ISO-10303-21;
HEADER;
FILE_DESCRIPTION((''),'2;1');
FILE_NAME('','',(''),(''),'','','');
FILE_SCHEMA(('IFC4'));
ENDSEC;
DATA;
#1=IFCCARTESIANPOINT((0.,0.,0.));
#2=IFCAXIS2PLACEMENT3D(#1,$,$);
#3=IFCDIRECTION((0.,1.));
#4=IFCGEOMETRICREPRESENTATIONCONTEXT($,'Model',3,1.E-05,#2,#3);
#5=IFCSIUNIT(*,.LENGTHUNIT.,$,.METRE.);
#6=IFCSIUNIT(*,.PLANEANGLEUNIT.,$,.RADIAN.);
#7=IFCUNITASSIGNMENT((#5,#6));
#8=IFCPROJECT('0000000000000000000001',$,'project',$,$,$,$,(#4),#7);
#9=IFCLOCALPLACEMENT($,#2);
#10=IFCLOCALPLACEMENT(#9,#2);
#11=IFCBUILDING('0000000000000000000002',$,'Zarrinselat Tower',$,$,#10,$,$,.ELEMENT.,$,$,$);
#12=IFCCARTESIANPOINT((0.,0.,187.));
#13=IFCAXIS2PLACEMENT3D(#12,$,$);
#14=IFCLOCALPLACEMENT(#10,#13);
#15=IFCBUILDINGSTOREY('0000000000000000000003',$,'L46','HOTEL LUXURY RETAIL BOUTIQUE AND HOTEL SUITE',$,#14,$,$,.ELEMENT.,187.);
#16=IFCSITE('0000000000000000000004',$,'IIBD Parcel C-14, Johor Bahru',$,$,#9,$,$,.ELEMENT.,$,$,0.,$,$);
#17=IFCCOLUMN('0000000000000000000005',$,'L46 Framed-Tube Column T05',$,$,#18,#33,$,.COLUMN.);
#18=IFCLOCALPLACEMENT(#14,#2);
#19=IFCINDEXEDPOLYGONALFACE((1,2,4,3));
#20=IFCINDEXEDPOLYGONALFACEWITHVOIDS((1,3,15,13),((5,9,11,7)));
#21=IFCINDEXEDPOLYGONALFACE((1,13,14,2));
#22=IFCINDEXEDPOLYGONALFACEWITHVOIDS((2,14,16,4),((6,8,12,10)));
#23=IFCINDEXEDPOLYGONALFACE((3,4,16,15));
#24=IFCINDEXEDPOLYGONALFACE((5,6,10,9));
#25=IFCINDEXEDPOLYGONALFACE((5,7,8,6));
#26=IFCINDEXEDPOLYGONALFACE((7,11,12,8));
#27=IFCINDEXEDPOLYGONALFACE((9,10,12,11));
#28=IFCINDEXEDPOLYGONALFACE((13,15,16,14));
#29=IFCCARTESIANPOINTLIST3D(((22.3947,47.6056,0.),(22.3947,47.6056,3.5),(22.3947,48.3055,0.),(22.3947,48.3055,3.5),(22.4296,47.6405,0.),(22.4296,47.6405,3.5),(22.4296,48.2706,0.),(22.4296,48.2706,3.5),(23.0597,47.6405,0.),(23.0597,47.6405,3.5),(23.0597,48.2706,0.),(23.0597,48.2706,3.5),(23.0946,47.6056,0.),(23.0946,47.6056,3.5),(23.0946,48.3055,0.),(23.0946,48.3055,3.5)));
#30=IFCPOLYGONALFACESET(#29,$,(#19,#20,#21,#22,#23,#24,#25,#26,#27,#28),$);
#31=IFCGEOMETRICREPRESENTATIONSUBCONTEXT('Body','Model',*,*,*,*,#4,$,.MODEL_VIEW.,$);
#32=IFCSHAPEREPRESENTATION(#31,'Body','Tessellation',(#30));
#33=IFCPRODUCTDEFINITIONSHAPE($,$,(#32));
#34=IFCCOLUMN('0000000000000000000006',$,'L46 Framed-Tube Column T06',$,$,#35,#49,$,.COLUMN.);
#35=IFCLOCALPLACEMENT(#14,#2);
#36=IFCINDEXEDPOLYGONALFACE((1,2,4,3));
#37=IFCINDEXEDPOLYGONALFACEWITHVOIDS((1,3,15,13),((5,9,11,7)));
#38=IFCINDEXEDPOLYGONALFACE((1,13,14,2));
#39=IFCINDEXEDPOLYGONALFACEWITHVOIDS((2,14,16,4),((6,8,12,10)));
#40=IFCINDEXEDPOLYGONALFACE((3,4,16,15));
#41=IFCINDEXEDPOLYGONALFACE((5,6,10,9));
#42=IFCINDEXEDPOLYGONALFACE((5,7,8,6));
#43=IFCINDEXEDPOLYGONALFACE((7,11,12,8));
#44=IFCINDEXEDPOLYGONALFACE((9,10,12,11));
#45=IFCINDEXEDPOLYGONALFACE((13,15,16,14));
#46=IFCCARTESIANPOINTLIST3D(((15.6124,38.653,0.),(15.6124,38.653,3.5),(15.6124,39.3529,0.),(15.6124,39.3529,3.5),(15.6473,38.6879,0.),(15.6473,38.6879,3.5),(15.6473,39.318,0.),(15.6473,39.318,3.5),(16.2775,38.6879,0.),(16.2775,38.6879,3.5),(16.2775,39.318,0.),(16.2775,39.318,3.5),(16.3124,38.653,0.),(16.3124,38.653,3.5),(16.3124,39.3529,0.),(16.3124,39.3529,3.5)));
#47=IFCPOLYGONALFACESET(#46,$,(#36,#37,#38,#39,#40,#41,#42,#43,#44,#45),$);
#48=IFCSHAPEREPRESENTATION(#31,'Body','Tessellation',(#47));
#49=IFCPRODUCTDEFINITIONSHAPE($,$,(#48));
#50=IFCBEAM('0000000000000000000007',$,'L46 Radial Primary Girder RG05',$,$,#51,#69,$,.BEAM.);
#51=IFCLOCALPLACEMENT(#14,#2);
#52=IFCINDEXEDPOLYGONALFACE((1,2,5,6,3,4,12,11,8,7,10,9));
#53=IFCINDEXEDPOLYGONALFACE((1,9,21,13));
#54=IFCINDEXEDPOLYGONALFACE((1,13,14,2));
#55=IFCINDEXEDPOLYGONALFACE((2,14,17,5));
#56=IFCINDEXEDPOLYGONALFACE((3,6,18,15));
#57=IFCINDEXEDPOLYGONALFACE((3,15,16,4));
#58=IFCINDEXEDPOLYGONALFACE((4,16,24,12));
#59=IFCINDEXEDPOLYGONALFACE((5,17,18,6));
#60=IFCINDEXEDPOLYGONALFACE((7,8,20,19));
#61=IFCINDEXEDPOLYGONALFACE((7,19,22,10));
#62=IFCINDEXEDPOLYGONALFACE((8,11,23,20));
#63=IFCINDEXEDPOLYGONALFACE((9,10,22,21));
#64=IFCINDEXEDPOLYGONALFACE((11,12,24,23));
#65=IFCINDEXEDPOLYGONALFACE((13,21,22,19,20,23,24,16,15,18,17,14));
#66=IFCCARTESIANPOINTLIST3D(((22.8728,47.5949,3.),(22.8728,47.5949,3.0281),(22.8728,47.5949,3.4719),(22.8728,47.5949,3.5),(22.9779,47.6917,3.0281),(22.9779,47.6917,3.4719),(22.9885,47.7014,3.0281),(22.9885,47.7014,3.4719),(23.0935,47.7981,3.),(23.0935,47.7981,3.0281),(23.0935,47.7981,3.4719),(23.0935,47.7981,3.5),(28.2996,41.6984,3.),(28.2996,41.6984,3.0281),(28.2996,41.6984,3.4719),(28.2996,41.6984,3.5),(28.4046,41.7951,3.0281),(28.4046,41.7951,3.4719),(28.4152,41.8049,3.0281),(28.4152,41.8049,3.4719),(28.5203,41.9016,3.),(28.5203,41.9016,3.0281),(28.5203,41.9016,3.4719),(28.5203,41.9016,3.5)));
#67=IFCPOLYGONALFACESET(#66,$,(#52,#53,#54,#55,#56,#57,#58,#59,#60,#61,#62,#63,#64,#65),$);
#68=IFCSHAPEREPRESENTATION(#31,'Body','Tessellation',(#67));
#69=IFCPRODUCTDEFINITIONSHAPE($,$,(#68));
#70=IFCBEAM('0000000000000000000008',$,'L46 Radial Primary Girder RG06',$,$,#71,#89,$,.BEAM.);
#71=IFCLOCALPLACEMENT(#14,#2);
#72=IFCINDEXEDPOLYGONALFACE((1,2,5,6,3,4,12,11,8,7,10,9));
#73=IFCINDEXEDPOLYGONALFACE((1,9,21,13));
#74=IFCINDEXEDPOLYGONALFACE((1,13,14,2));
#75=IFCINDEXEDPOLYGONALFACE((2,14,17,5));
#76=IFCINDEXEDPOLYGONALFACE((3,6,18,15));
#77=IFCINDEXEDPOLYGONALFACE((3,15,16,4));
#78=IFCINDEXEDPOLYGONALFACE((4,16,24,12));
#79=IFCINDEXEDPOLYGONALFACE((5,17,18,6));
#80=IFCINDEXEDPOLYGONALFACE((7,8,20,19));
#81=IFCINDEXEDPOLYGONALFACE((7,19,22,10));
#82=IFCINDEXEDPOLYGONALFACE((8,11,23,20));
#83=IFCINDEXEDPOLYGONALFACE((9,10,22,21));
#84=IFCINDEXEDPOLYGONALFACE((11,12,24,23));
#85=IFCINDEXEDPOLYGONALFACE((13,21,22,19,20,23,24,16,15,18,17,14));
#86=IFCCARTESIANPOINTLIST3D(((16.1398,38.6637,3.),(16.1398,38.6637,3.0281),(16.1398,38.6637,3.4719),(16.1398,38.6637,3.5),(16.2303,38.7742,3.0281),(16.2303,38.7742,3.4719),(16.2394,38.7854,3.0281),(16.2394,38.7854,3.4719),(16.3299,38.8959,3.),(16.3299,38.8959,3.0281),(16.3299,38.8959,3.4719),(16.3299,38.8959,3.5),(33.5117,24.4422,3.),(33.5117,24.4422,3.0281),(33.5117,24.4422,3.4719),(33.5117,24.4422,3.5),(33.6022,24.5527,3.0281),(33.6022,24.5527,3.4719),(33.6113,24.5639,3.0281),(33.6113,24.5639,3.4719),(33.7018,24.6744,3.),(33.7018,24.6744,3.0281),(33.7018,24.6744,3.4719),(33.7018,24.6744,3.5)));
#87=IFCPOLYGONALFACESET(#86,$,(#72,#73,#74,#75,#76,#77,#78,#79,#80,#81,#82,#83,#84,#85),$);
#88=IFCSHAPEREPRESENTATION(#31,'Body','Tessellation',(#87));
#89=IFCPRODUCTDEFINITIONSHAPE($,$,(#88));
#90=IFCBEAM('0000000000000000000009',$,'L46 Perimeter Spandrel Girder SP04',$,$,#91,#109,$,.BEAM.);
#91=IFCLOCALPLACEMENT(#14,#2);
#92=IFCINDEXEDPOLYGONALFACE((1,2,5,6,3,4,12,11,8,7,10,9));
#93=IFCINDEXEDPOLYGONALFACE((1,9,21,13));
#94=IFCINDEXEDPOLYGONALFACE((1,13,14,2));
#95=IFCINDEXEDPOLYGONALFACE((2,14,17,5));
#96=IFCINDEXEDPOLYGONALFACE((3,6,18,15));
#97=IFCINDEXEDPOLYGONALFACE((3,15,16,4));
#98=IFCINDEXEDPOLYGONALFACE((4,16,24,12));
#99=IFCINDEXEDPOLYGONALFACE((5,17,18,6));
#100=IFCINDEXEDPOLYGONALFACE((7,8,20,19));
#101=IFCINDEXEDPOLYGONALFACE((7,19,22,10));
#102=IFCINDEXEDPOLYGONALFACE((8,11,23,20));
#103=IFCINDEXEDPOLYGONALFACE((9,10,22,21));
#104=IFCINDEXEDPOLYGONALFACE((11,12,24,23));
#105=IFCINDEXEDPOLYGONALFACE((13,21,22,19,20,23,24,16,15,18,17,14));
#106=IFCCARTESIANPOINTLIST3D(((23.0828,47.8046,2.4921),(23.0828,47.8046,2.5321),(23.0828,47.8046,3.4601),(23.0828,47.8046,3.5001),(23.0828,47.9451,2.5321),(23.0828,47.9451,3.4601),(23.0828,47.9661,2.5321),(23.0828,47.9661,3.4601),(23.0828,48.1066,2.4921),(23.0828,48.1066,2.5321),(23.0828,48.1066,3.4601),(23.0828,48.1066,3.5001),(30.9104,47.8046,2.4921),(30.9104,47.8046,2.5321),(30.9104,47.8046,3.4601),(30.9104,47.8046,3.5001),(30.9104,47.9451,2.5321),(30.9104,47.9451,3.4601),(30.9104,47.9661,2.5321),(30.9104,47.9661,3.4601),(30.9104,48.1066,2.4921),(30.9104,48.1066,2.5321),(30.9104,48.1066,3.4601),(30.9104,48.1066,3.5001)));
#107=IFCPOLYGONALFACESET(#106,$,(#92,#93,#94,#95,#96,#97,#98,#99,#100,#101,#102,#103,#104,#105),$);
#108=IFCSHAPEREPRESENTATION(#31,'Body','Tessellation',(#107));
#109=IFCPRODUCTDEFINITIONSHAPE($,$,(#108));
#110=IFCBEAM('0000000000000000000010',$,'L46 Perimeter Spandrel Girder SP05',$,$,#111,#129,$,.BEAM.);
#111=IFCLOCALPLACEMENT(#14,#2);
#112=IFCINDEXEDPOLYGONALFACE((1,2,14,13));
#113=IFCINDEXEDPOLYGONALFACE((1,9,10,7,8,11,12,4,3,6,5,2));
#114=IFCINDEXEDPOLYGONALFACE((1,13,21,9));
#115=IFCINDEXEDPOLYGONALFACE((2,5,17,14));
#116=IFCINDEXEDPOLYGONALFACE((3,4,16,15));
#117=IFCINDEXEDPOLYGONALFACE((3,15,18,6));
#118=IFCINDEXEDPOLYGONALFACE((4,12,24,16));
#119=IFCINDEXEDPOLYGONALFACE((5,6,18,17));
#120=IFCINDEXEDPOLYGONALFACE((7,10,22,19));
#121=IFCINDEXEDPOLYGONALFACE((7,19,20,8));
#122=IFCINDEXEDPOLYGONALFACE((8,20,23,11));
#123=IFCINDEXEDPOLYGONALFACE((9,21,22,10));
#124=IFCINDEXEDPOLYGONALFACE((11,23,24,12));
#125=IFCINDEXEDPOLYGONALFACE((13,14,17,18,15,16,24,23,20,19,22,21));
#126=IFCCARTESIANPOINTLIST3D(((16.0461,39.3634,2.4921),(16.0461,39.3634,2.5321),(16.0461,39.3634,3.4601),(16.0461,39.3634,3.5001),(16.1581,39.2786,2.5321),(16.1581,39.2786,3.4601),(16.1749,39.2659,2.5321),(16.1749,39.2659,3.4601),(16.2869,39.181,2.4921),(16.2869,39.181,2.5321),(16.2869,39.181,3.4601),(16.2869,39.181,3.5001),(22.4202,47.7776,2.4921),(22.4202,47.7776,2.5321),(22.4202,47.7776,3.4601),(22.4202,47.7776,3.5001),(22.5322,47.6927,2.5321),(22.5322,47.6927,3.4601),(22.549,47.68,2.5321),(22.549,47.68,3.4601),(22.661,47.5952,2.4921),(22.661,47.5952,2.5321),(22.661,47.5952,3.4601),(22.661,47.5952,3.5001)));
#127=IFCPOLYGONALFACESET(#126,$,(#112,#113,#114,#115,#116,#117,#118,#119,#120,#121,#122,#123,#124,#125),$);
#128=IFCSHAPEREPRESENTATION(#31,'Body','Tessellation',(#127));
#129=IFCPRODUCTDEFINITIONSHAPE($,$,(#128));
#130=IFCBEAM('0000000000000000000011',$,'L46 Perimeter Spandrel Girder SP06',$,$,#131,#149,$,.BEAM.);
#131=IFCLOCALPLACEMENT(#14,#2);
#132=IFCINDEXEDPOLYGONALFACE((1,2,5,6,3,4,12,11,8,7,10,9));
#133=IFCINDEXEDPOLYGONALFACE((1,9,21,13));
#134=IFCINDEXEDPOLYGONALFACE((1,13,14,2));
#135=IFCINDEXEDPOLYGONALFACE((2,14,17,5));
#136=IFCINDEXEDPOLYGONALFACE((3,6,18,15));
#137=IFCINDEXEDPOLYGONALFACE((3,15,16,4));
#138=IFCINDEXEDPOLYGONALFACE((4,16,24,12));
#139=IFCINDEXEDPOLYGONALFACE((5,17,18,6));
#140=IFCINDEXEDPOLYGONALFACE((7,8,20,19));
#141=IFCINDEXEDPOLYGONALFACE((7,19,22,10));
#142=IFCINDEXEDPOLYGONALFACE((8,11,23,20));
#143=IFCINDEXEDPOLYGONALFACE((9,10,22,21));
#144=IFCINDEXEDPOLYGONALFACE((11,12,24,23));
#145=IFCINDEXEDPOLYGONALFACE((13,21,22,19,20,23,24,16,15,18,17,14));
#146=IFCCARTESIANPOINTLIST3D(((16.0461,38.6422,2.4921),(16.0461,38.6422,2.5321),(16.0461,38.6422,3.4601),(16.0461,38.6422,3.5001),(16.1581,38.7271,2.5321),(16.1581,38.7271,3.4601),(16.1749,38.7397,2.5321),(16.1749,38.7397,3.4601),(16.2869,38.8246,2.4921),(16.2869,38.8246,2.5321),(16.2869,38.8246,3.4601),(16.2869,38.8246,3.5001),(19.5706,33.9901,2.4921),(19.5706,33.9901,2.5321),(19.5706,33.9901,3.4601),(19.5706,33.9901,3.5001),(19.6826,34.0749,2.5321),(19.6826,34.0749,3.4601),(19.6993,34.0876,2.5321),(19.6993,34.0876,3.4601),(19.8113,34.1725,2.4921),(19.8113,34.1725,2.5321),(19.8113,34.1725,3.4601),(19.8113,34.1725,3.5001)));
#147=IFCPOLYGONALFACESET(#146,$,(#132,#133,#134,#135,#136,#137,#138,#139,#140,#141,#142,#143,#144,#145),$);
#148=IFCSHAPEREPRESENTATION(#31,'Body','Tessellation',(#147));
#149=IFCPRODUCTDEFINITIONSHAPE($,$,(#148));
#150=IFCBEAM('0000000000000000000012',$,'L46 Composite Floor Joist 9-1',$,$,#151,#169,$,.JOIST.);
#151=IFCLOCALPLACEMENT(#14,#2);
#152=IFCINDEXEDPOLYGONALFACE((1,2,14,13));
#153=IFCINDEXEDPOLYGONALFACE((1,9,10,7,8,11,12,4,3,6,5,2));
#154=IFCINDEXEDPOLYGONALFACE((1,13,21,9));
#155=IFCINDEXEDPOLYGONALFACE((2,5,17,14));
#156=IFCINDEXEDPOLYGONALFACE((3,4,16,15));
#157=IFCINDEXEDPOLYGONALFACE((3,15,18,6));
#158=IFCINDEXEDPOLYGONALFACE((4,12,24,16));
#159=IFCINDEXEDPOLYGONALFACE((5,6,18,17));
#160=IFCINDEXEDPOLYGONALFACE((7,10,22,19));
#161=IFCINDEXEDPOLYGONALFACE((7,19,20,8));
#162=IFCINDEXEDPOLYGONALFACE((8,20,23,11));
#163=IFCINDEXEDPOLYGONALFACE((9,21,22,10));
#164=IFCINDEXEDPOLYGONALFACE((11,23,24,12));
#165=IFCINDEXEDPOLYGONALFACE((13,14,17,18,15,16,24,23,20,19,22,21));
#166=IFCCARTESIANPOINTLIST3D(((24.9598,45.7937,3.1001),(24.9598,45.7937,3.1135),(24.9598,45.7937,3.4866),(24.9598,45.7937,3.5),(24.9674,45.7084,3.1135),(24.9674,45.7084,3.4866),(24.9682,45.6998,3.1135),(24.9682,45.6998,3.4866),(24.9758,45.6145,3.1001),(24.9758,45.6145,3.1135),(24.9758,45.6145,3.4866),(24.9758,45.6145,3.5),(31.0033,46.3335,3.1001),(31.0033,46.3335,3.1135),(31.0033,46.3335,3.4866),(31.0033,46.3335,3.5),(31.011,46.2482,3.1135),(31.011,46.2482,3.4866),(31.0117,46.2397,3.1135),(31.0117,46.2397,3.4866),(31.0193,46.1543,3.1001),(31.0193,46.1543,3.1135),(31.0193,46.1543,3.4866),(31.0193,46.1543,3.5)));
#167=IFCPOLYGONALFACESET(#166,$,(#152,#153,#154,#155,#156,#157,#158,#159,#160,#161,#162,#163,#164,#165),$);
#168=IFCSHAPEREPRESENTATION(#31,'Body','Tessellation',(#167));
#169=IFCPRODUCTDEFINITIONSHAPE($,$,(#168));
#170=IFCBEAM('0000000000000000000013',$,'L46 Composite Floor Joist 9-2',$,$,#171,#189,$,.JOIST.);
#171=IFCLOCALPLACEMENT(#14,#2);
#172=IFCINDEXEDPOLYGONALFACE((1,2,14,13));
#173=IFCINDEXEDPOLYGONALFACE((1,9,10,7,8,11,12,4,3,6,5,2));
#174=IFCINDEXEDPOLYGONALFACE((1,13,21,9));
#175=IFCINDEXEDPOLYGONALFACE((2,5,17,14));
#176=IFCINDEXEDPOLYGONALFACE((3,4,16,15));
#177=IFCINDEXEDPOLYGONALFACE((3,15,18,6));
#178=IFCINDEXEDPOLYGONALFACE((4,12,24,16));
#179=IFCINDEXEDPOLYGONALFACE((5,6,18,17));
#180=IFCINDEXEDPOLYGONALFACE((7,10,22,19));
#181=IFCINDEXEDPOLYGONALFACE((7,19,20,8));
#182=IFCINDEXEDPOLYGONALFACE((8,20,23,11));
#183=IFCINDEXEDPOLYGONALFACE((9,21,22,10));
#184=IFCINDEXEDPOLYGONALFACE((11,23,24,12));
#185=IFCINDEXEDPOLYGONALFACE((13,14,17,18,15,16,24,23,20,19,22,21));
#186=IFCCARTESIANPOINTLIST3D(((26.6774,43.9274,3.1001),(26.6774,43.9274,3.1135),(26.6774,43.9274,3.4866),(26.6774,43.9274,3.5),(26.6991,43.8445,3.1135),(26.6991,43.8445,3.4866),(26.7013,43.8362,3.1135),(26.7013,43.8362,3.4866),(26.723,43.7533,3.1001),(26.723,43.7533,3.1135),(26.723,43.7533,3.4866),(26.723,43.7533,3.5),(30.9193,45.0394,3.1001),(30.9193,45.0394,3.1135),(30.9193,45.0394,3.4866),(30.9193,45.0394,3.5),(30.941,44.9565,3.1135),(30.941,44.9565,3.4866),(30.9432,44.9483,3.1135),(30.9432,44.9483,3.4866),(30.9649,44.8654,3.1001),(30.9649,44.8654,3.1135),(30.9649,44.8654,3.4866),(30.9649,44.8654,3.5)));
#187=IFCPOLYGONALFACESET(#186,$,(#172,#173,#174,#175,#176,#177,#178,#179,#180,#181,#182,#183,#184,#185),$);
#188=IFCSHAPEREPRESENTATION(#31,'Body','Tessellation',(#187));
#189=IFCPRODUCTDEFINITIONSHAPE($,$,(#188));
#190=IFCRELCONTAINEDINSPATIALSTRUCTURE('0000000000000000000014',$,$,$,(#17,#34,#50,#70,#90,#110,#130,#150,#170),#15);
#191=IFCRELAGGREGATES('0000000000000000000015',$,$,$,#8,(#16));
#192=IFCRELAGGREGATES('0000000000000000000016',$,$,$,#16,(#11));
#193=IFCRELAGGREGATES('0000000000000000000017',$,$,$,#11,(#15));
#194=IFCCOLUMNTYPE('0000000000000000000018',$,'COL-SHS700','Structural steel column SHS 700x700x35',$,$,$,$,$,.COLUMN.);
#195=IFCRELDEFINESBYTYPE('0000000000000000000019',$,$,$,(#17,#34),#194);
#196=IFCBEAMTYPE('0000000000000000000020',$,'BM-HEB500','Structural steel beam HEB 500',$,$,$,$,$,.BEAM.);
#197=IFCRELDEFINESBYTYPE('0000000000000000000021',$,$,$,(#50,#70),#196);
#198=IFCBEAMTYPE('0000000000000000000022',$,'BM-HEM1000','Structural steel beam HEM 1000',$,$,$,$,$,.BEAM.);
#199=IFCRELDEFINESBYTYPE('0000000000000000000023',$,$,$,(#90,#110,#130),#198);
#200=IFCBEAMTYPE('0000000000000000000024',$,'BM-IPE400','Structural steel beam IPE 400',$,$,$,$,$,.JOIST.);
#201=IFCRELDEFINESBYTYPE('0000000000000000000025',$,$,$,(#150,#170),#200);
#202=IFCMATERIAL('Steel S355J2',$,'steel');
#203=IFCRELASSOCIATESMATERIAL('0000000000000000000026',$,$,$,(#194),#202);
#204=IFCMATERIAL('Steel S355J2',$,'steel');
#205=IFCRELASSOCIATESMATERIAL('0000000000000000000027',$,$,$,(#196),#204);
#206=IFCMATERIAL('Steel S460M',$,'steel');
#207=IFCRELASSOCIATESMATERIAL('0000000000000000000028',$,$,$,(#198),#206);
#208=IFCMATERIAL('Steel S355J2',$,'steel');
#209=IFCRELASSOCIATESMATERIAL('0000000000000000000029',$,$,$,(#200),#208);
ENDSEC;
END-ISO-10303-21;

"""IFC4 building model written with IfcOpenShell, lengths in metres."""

from ifc_helpers import new_model, si_unit, direction, frame, origin, origin_2d, place, context, subcontext, project, spatial, hollow_rectangle, i_section, extrude, material, material_profile, profile_set, type_object, element, save


model = new_model("IFC4")

# Units and contexts
model_context = context("Model", 3, precision=1e-05, world=origin(), true_north=direction((0.0, 1.0)))
body_context = subcontext(model_context, "Body", "Model", "MODEL_VIEW")
ifc_project = project(units=[si_unit("LENGTHUNIT", "METRE"), si_unit("PLANEANGLEUNIT", "RADIAN")], contexts=[model_context])

# Site, building, storey
site_placement = place(None, origin())
site = spatial("IfcSite", under=ifc_project, at=site_placement, Name="IIBD Parcel C-14, Johor Bahru", CompositionType="ELEMENT", RefElevation=0.0)
building_placement = place(site_placement, origin())
building = spatial("IfcBuilding", under=site, at=building_placement, Name="Zarrinselat Tower", CompositionType="ELEMENT")
storey_placement = place(building_placement, frame((0.0, 0.0, 187.0)))
storey = spatial("IfcBuildingStorey", under=building, at=storey_placement, Name="L46", Description="HOTEL LUXURY RETAIL BOUTIQUE AND HOTEL SUITE", CompositionType="ELEMENT", Elevation=187.0)

# Columns
ifc_material_1 = material(Name="Steel S355J2", Category="steel")
ifc_material_profile_1 = material_profile(ifc_material_1, hollow_rectangle(XDim=0.7, YDim=0.7, WallThickness=0.0349, at=origin_2d()), Name="SHS 700x700x35")
ifc_profile_set_1 = profile_set([ifc_material_profile_1], Name="Steel S355J2")
column_type = type_object("IfcColumnType", Name="COL-SHS700", Description="Structural steel column SHS 700x700x35", PredefinedType="COLUMN", material=ifc_profile_set_1)
for number, where, z_axis, x_axis, name in (
    (1, (22.7446, 47.9556, 0.0), (0.0, 0.0, 1.0), (1.0, 0.0, 0.0), "L46 Framed-Tube Column T05"),
    (2, (15.9624, 39.0029, 0.0), (0.0, 0.0, 1.0), (1.0, 0.0, 0.0), "L46 Framed-Tube Column T06"),
):
    element("IfcColumn", number, at=place(storey_placement, frame(where, z_axis=z_axis, x_axis=x_axis)), inside=storey, type_object=column_type, Name=name, PredefinedType="COLUMN", context=body_context, shape_type="SweptSolid", body=[
        extrude(hollow_rectangle(XDim=0.7, YDim=0.7, WallThickness=0.0349, at=origin_2d()), origin(), (0.0, 0.0, 1.0), 3.5),
    ])

# Beams
ifc_material_2 = material(Name="Steel S355J2", Category="steel")
ifc_material_profile_2 = material_profile(ifc_material_2, i_section(OverallWidth=0.3, OverallDepth=0.5, WebThickness=0.0144, FlangeThickness=0.0281, at=origin_2d()), Name="HEB 500")
ifc_profile_set_2 = profile_set([ifc_material_profile_2], Name="Steel S355J2")
beam_type_1 = type_object("IfcBeamType", Name="BM-HEB500", Description="Structural steel beam HEB 500", PredefinedType="BEAM", material=ifc_profile_set_2)
beam_1_placement = place(storey_placement, frame((22.9832, 47.6965, 3.25), z_axis=(0.677191, -0.735807, 0.0), x_axis=(0.735807, 0.677191, 0.0)))
element("IfcBeam", 3, at=beam_1_placement, inside=storey, type_object=beam_type_1, Name="L46 Radial Primary Girder RG05", PredefinedType="BEAM", context=body_context, shape_type="SweptSolid", body=[
    extrude(i_section(OverallWidth=0.3, OverallDepth=0.5, WebThickness=0.0144, FlangeThickness=0.0281, at=origin_2d()), origin(), (0.0, 0.0, 1.0), 8.0137),
])
beam_2_placement = place(storey_placement, frame((16.2349, 38.7798, 3.25), z_axis=(0.77378, -0.633455, 0.0), x_axis=(0.633455, 0.77378, 0.0)))
element("IfcBeam", 4, at=beam_2_placement, inside=storey, type_object=beam_type_1, Name="L46 Radial Primary Girder RG06", PredefinedType="BEAM", context=body_context, shape_type="SweptSolid", body=[
    extrude(i_section(OverallWidth=0.3, OverallDepth=0.5, WebThickness=0.0144, FlangeThickness=0.0281, at=origin_2d()), origin(), (0.0, 0.0, 1.0), 22.4507),
])
ifc_material_3 = material(Name="Steel S460M", Category="steel")
ifc_material_profile_3 = material_profile(ifc_material_3, i_section(OverallWidth=0.302, OverallDepth=1.0081, WebThickness=0.021, FlangeThickness=0.04, at=origin_2d()), Name="HEM 1000")
ifc_profile_set_3 = profile_set([ifc_material_profile_3], Name="Steel S460M")
beam_type_2 = type_object("IfcBeamType", Name="BM-HEM1000", Description="Structural steel beam HEM 1000", PredefinedType="BEAM", material=ifc_profile_set_3)
beam_3_placement = place(storey_placement, frame((23.0828, 47.9556, 2.9961), z_axis=(1.0, 0.0, 0.0), x_axis=(0.0, 1.0, 0.0)))
element("IfcBeam", 5, at=beam_3_placement, inside=storey, type_object=beam_type_2, Name="L46 Perimeter Spandrel Girder SP04", PredefinedType="BEAM", context=body_context, shape_type="SweptSolid", body=[
    extrude(i_section(OverallWidth=0.302, OverallDepth=1.0081, WebThickness=0.021, FlangeThickness=0.04, at=origin_2d()), origin(), (0.0, 0.0, 1.0), 7.8276),
])
beam_4_placement = place(storey_placement, frame((16.1665, 39.2722, 2.9961), z_axis=(0.603842, 0.797104, 0.0), x_axis=(-0.797104, 0.603842, 0.0)))
element("IfcBeam", 6, at=beam_4_placement, inside=storey, type_object=beam_type_2, Name="L46 Perimeter Spandrel Girder SP05", PredefinedType="BEAM", context=body_context, shape_type="SweptSolid", body=[
    extrude(i_section(OverallWidth=0.302, OverallDepth=1.0081, WebThickness=0.021, FlangeThickness=0.04, at=origin_2d()), origin(), (0.0, 0.0, 1.0), 10.5559),
])
beam_5_placement = place(storey_placement, frame((16.1665, 38.7334, 2.9961), z_axis=(0.603868, -0.797084, 0.0), x_axis=(0.797084, 0.603868, 0.0)))
element("IfcBeam", 7, at=beam_5_placement, inside=storey, type_object=beam_type_2, Name="L46 Perimeter Spandrel Girder SP06", PredefinedType="BEAM", context=body_context, shape_type="SweptSolid", body=[
    extrude(i_section(OverallWidth=0.302, OverallDepth=1.0081, WebThickness=0.021, FlangeThickness=0.04, at=origin_2d()), origin(), (0.0, 0.0, 1.0), 5.8364),
])
ifc_material_4 = material(Name="Steel S355J2", Category="steel")
ifc_material_profile_4 = material_profile(ifc_material_4, i_section(OverallWidth=0.1799, OverallDepth=0.3999, WebThickness=0.0085, FlangeThickness=0.0134, at=origin_2d()), Name="IPE 400")
ifc_profile_set_4 = profile_set([ifc_material_profile_4], Name="Steel S355J2")
beam_type_3 = type_object("IfcBeamType", Name="BM-IPE400", Description="Structural steel beam IPE 400", PredefinedType="JOIST", material=ifc_profile_set_4)
beam_6_placement = place(storey_placement, frame((24.9678, 45.7041, 3.3), z_axis=(0.996035, 0.088965, 0.0), x_axis=(-0.088965, 0.996035, 0.0)))
element("IfcBeam", 8, at=beam_6_placement, inside=storey, type_object=beam_type_3, Name="L46 Composite Floor Joist 9-1", PredefinedType="JOIST", context=body_context, shape_type="SweptSolid", body=[
    extrude(i_section(OverallWidth=0.1799, OverallDepth=0.3999, WebThickness=0.0085, FlangeThickness=0.0134, at=origin_2d()), origin(), (0.0, 0.0, 1.0), 6.0676),
])
beam_7_placement = place(storey_placement, frame((26.7002, 43.8403, 3.3), z_axis=(0.967312, 0.253589, 0.0), x_axis=(-0.253589, 0.967312, 0.0)))
element("IfcBeam", 9, at=beam_7_placement, inside=storey, type_object=beam_type_3, Name="L46 Composite Floor Joist 9-2", PredefinedType="JOIST", context=body_context, shape_type="SweptSolid", body=[
    extrude(i_section(OverallWidth=0.1799, OverallDepth=0.3999, WebThickness=0.0085, FlangeThickness=0.0134, at=origin_2d()), origin(), (0.0, 0.0, 1.0), 4.3853),
])

save(model, "model.ifc")
